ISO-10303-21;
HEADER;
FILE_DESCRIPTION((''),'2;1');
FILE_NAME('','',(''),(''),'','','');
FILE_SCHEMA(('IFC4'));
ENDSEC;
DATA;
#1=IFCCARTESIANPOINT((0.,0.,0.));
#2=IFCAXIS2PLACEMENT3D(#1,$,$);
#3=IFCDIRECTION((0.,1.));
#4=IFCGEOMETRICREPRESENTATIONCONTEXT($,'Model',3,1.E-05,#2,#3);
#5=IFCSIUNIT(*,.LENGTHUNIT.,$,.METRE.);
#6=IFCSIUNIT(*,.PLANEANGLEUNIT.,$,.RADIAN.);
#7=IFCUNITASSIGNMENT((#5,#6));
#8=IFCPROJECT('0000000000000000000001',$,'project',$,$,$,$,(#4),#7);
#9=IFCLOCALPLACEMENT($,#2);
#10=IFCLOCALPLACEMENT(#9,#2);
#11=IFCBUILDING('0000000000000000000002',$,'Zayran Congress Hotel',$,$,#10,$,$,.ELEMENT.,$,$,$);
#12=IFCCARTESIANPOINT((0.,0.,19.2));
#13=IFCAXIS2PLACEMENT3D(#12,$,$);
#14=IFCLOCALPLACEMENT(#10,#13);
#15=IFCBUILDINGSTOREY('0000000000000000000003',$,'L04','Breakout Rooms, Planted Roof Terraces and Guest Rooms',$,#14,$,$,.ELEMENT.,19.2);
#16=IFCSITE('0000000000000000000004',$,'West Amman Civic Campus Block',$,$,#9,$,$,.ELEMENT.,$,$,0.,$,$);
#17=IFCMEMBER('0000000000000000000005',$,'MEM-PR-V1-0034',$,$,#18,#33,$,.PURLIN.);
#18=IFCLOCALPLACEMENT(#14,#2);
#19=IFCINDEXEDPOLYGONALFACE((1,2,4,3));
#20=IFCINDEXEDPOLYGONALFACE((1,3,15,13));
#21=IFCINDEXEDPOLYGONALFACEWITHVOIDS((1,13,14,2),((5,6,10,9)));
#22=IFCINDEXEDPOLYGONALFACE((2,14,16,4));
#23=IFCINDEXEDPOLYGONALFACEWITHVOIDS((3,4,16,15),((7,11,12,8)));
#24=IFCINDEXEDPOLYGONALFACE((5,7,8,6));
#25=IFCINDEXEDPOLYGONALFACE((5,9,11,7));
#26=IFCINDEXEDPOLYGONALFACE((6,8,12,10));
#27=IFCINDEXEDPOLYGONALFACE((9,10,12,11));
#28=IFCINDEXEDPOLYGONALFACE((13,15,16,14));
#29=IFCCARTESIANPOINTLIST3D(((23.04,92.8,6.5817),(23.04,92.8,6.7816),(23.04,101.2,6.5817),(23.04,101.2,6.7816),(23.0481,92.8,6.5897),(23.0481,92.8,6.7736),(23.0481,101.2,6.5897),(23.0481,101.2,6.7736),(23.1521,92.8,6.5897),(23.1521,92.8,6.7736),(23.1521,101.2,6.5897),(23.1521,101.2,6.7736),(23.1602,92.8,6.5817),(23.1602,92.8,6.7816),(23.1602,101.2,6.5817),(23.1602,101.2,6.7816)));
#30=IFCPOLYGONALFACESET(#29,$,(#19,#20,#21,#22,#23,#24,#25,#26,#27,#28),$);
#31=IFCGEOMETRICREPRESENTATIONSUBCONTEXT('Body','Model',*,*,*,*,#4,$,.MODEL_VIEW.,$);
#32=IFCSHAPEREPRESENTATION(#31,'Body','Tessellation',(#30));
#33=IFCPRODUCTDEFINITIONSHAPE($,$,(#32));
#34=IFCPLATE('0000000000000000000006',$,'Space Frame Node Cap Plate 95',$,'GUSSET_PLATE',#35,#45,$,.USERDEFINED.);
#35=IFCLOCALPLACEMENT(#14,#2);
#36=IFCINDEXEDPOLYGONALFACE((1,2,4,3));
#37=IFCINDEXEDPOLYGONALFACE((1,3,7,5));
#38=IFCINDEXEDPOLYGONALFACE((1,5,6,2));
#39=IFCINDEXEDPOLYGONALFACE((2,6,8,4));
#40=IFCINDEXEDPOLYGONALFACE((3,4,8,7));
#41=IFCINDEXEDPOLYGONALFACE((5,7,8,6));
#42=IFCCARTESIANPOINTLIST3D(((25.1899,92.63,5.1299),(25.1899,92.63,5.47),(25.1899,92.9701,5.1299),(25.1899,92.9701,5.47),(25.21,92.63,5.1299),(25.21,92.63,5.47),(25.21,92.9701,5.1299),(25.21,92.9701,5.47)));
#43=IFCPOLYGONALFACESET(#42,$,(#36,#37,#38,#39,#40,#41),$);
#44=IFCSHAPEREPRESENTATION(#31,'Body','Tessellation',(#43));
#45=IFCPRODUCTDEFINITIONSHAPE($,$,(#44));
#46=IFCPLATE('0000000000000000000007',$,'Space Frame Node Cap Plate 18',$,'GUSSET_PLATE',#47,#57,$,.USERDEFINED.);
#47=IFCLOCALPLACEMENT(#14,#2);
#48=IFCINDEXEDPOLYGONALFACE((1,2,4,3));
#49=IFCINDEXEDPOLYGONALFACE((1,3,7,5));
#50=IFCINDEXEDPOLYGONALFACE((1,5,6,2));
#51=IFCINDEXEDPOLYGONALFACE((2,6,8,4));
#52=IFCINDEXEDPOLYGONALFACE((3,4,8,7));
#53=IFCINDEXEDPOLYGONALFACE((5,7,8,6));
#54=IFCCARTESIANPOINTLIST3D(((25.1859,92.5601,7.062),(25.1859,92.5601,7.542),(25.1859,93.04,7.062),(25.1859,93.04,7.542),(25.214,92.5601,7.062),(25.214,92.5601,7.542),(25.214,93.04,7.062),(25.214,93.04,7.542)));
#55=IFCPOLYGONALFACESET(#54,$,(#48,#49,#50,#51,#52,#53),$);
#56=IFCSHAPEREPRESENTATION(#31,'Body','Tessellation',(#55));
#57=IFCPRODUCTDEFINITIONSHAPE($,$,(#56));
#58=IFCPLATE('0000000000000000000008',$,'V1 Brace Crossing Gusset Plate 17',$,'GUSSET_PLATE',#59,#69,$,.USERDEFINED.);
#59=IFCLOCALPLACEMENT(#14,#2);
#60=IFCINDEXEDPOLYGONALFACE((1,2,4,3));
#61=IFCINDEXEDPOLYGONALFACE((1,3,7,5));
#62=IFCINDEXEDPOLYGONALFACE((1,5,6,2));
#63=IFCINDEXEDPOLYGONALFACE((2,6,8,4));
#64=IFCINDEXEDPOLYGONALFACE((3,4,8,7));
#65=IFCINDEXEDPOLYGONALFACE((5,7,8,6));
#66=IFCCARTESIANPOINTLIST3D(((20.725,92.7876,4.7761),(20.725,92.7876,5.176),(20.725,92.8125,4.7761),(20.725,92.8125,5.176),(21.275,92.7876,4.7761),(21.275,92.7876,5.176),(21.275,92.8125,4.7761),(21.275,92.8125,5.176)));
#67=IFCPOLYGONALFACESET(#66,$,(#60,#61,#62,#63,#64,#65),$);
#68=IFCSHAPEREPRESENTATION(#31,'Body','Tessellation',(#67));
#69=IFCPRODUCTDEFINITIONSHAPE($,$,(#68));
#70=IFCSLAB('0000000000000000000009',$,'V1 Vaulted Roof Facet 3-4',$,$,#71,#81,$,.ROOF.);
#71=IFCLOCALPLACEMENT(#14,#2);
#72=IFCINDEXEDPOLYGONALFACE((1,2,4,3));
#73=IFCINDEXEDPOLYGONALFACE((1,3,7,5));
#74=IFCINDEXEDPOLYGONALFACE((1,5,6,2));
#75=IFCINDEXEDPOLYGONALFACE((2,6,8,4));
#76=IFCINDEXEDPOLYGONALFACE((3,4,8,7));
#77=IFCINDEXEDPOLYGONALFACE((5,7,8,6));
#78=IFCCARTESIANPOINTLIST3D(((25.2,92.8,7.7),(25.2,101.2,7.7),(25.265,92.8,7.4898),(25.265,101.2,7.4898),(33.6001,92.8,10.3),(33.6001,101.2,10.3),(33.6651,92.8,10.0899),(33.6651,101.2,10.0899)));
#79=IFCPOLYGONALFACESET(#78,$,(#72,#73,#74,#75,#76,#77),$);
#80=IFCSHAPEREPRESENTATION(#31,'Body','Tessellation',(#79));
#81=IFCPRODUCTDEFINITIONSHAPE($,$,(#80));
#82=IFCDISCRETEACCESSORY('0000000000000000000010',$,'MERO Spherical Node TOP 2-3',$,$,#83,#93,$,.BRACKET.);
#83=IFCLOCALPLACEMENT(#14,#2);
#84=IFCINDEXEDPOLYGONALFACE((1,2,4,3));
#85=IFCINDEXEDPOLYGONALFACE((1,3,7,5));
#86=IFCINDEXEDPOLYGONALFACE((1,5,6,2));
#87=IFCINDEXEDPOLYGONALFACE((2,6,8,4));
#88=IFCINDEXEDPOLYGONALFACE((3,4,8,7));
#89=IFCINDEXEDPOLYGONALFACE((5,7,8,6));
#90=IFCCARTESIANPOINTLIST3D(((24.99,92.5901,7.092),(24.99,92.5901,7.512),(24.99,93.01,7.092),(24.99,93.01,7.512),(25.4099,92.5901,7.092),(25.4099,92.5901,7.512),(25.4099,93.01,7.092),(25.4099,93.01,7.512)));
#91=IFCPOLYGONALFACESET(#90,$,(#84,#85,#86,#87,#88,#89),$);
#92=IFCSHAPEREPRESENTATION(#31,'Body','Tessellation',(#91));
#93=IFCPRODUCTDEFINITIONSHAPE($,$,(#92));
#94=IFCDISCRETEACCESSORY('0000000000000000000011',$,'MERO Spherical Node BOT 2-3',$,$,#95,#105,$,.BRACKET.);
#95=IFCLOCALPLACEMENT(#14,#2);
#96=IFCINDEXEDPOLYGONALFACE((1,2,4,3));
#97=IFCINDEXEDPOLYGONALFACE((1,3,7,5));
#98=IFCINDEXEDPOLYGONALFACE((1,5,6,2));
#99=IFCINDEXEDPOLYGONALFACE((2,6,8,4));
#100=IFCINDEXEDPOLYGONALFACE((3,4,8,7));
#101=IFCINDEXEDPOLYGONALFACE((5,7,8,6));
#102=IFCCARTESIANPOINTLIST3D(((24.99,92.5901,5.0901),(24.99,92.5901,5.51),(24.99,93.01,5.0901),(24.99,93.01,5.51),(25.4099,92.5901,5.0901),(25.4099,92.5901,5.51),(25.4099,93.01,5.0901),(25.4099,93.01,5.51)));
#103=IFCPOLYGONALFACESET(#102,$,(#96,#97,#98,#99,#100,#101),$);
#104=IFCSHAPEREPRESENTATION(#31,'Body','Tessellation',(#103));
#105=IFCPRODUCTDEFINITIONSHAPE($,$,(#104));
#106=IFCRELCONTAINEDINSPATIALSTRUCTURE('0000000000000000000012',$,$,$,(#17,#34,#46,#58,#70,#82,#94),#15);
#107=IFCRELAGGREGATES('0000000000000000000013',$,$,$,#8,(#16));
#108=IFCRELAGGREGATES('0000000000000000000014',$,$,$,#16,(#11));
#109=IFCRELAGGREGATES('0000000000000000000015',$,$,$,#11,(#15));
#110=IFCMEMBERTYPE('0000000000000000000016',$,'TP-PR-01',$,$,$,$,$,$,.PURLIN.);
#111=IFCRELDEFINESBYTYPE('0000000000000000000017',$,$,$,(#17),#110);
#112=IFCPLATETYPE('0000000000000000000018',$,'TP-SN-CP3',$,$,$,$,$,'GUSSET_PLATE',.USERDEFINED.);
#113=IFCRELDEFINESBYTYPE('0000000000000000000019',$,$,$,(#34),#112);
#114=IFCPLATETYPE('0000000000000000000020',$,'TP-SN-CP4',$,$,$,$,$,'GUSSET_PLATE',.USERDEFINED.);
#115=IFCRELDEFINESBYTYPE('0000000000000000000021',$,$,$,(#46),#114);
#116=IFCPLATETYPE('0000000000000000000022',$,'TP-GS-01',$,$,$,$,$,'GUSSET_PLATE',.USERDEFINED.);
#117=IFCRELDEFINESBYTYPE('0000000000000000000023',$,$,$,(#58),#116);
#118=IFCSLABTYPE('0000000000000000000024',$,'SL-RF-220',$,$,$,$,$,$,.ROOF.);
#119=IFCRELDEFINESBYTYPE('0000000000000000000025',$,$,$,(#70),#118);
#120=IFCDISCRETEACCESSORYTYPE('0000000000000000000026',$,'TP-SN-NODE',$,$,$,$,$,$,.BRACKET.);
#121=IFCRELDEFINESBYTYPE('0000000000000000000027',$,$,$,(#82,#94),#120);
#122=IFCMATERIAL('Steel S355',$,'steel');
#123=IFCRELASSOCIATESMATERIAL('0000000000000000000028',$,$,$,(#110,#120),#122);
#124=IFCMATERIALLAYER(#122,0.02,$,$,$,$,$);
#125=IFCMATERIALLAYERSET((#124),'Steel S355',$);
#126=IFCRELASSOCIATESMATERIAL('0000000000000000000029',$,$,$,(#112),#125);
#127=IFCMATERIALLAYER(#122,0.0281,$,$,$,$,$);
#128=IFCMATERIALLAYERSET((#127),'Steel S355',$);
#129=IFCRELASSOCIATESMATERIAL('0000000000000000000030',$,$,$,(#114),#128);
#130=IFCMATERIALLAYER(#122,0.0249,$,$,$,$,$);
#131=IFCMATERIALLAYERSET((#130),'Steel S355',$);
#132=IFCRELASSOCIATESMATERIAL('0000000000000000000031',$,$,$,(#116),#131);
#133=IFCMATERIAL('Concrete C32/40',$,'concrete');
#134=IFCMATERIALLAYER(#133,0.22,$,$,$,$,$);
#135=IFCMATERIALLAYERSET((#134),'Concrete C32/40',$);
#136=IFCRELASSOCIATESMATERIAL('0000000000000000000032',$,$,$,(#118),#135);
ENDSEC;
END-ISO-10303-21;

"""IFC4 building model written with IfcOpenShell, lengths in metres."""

from ifc_helpers import new_model, si_unit, direction, frame, origin, origin_2d, place, context, subcontext, project, spatial, polyline, rectangle, hollow_rectangle, outline, extrude, material, layer, layer_set, material_profile, profile_set, type_object, element, save


model = new_model("IFC4")

# Units and contexts
model_context = context("Model", 3, precision=1e-05, world=origin(), true_north=direction((0.0, 1.0)))
body_context = subcontext(model_context, "Body", "Model", "MODEL_VIEW")
ifc_project = project(units=[si_unit("LENGTHUNIT", "METRE"), si_unit("PLANEANGLEUNIT", "RADIAN")], contexts=[model_context])

# Site, building, storey
site_placement = place(None, origin())
site = spatial("IfcSite", under=ifc_project, at=site_placement, Name="West Amman Civic Campus Block", CompositionType="ELEMENT", RefElevation=0.0)
building_placement = place(site_placement, origin())
building = spatial("IfcBuilding", under=site, at=building_placement, Name="Zayran Congress Hotel", CompositionType="ELEMENT")
storey_placement = place(building_placement, frame((0.0, 0.0, 19.2)))
storey = spatial("IfcBuildingStorey", under=building, at=storey_placement, Name="L04", Description="Breakout Rooms, Planted Roof Terraces and Guest Rooms", CompositionType="ELEMENT", Elevation=19.2)

# Member
ifc_material_1 = material(Name="Steel S355", Category="steel")
ifc_material_profile_1 = material_profile(ifc_material_1, hollow_rectangle(XDim=0.1201, YDim=0.2, WallThickness=0.0081, at=origin_2d()), Name="RHS 200x120x8")
ifc_profile_set_1 = profile_set([ifc_material_profile_1], Name="Steel S355")
member_type_1 = type_object("IfcMemberType", Name="TP-PR-01", PredefinedType="PURLIN", material=ifc_profile_set_1)
for number, where, z_axis, x_axis, name in (
    (1, (23.1001, 92.8, 6.6816), (0.0, 1.0, 0.0), (-1.0, 0.0, 0.0), "MEM-PR-V1-0034"),
):
    element("IfcMember", number, at=place(storey_placement, frame(where, z_axis=z_axis, x_axis=x_axis)), inside=storey, type_object=member_type_1, Name=name, PredefinedType="PURLIN", context=body_context, shape_type="SweptSolid", body=[
        extrude(hollow_rectangle(XDim=0.1201, YDim=0.2, WallThickness=0.0081, at=origin_2d()), origin(), (0.0, 0.0, 1.0), 8.3999),
    ])

# Plates
ifc_layer_1 = layer(ifc_material_1, 0.02)
ifc_layer_set_1 = layer_set([ifc_layer_1], Name="Steel S355")
plate_type_1 = type_object("IfcPlateType", Name="TP-SN-CP3", ElementType="GUSSET_PLATE", PredefinedType="USERDEFINED", material=ifc_layer_set_1)
plate_1_placement = place(storey_placement, frame((25.2, 92.8, 5.1299), z_axis=(0.0, 0.0, 1.0), x_axis=(0.0, 1.0, 0.0)))
element("IfcPlate", 2, at=plate_1_placement, inside=storey, type_object=plate_type_1, Name="Space Frame Node Cap Plate 95", ObjectType="GUSSET_PLATE", PredefinedType="USERDEFINED", context=body_context, shape_type="SweptSolid", body=[
    extrude(rectangle(XDim=0.3401, YDim=0.02, at=origin_2d()), origin(), (0.0, 0.0, 1.0), 0.3401),
])
ifc_layer_2 = layer(ifc_material_1, 0.0281)
ifc_layer_set_2 = layer_set([ifc_layer_2], Name="Steel S355")
plate_type_2 = type_object("IfcPlateType", Name="TP-SN-CP4", ElementType="GUSSET_PLATE", PredefinedType="USERDEFINED", material=ifc_layer_set_2)
plate_2_placement = place(storey_placement, frame((25.2, 92.8, 7.062), z_axis=(0.0, 0.0, 1.0), x_axis=(0.0, 1.0, 0.0)))
element("IfcPlate", 3, at=plate_2_placement, inside=storey, type_object=plate_type_2, Name="Space Frame Node Cap Plate 18", ObjectType="GUSSET_PLATE", PredefinedType="USERDEFINED", context=body_context, shape_type="SweptSolid", body=[
    extrude(rectangle(XDim=0.48, YDim=0.0281, at=origin_2d()), origin(), (0.0, 0.0, 1.0), 0.48),
])
ifc_layer_3 = layer(ifc_material_1, 0.0249)
ifc_layer_set_3 = layer_set([ifc_layer_3], Name="Steel S355")
plate_type_3 = type_object("IfcPlateType", Name="TP-GS-01", ElementType="GUSSET_PLATE", PredefinedType="USERDEFINED", material=ifc_layer_set_3)
plate_3_placement = place(storey_placement, frame((21.0, 92.8, 4.7761), z_axis=(0.0, 0.0, 1.0), x_axis=(1.0, 0.0, 0.0)))
element("IfcPlate", 4, at=plate_3_placement, inside=storey, type_object=plate_type_3, Name="V1 Brace Crossing Gusset Plate 17", ObjectType="GUSSET_PLATE", PredefinedType="USERDEFINED", context=body_context, shape_type="SweptSolid", body=[
    extrude(rectangle(XDim=0.55, YDim=0.0249, at=origin_2d()), origin(), (0.0, 0.0, 1.0), 0.3999),
])

# Slab
ifc_material_2 = material(Name="Concrete C32/40", Category="concrete")
ifc_layer_4 = layer(ifc_material_2, 0.22)
ifc_layer_set_4 = layer_set([ifc_layer_4], Name="Concrete C32/40")
slab_type = type_object("IfcSlabType", Name="SL-RF-220", PredefinedType="ROOF", material=ifc_layer_set_4)
slab_placement = place(storey_placement, frame((25.2, 92.8, 7.7), z_axis=(-0.295689, 0.0, 0.955284), x_axis=(0.955284, 0.0, 0.295689)))
element("IfcSlab", 5, at=slab_placement, inside=storey, type_object=slab_type, Name="V1 Vaulted Roof Facet 3-4", PredefinedType="ROOF", context=body_context, shape_type="SweptSolid", body=[
    extrude(outline(polyline([(0.0, 0.0), (8.7933, 0.0), (8.7933, 8.3999), (0.0, 8.3999), (0.0, 0.0)])), origin(), (0.0, 0.0, -1.0), 0.22),
])

# Discrete accessories
discrete_accessory_type = type_object("IfcDiscreteAccessoryType", Name="TP-SN-NODE", PredefinedType="BRACKET", material=ifc_material_1)
for number, where, z_axis, x_axis, name in (
    (6, (25.2, 92.8, 7.092), (0.0, 0.0, 1.0), (1.0, 0.0, 0.0), "MERO Spherical Node TOP 2-3"),
    (7, (25.2, 92.8, 5.0901), (0.0, 0.0, 1.0), (1.0, 0.0, 0.0), "MERO Spherical Node BOT 2-3"),
):
    element("IfcDiscreteAccessory", number, at=place(storey_placement, frame(where, z_axis=z_axis, x_axis=x_axis)), inside=storey, type_object=discrete_accessory_type, Name=name, PredefinedType="BRACKET", context=body_context, shape_type="SweptSolid", body=[
        extrude(rectangle(XDim=0.4199, YDim=0.4199, at=origin_2d()), origin(), (0.0, 0.0, 1.0), 0.4199),
    ])

save(model, "model.ifc")
